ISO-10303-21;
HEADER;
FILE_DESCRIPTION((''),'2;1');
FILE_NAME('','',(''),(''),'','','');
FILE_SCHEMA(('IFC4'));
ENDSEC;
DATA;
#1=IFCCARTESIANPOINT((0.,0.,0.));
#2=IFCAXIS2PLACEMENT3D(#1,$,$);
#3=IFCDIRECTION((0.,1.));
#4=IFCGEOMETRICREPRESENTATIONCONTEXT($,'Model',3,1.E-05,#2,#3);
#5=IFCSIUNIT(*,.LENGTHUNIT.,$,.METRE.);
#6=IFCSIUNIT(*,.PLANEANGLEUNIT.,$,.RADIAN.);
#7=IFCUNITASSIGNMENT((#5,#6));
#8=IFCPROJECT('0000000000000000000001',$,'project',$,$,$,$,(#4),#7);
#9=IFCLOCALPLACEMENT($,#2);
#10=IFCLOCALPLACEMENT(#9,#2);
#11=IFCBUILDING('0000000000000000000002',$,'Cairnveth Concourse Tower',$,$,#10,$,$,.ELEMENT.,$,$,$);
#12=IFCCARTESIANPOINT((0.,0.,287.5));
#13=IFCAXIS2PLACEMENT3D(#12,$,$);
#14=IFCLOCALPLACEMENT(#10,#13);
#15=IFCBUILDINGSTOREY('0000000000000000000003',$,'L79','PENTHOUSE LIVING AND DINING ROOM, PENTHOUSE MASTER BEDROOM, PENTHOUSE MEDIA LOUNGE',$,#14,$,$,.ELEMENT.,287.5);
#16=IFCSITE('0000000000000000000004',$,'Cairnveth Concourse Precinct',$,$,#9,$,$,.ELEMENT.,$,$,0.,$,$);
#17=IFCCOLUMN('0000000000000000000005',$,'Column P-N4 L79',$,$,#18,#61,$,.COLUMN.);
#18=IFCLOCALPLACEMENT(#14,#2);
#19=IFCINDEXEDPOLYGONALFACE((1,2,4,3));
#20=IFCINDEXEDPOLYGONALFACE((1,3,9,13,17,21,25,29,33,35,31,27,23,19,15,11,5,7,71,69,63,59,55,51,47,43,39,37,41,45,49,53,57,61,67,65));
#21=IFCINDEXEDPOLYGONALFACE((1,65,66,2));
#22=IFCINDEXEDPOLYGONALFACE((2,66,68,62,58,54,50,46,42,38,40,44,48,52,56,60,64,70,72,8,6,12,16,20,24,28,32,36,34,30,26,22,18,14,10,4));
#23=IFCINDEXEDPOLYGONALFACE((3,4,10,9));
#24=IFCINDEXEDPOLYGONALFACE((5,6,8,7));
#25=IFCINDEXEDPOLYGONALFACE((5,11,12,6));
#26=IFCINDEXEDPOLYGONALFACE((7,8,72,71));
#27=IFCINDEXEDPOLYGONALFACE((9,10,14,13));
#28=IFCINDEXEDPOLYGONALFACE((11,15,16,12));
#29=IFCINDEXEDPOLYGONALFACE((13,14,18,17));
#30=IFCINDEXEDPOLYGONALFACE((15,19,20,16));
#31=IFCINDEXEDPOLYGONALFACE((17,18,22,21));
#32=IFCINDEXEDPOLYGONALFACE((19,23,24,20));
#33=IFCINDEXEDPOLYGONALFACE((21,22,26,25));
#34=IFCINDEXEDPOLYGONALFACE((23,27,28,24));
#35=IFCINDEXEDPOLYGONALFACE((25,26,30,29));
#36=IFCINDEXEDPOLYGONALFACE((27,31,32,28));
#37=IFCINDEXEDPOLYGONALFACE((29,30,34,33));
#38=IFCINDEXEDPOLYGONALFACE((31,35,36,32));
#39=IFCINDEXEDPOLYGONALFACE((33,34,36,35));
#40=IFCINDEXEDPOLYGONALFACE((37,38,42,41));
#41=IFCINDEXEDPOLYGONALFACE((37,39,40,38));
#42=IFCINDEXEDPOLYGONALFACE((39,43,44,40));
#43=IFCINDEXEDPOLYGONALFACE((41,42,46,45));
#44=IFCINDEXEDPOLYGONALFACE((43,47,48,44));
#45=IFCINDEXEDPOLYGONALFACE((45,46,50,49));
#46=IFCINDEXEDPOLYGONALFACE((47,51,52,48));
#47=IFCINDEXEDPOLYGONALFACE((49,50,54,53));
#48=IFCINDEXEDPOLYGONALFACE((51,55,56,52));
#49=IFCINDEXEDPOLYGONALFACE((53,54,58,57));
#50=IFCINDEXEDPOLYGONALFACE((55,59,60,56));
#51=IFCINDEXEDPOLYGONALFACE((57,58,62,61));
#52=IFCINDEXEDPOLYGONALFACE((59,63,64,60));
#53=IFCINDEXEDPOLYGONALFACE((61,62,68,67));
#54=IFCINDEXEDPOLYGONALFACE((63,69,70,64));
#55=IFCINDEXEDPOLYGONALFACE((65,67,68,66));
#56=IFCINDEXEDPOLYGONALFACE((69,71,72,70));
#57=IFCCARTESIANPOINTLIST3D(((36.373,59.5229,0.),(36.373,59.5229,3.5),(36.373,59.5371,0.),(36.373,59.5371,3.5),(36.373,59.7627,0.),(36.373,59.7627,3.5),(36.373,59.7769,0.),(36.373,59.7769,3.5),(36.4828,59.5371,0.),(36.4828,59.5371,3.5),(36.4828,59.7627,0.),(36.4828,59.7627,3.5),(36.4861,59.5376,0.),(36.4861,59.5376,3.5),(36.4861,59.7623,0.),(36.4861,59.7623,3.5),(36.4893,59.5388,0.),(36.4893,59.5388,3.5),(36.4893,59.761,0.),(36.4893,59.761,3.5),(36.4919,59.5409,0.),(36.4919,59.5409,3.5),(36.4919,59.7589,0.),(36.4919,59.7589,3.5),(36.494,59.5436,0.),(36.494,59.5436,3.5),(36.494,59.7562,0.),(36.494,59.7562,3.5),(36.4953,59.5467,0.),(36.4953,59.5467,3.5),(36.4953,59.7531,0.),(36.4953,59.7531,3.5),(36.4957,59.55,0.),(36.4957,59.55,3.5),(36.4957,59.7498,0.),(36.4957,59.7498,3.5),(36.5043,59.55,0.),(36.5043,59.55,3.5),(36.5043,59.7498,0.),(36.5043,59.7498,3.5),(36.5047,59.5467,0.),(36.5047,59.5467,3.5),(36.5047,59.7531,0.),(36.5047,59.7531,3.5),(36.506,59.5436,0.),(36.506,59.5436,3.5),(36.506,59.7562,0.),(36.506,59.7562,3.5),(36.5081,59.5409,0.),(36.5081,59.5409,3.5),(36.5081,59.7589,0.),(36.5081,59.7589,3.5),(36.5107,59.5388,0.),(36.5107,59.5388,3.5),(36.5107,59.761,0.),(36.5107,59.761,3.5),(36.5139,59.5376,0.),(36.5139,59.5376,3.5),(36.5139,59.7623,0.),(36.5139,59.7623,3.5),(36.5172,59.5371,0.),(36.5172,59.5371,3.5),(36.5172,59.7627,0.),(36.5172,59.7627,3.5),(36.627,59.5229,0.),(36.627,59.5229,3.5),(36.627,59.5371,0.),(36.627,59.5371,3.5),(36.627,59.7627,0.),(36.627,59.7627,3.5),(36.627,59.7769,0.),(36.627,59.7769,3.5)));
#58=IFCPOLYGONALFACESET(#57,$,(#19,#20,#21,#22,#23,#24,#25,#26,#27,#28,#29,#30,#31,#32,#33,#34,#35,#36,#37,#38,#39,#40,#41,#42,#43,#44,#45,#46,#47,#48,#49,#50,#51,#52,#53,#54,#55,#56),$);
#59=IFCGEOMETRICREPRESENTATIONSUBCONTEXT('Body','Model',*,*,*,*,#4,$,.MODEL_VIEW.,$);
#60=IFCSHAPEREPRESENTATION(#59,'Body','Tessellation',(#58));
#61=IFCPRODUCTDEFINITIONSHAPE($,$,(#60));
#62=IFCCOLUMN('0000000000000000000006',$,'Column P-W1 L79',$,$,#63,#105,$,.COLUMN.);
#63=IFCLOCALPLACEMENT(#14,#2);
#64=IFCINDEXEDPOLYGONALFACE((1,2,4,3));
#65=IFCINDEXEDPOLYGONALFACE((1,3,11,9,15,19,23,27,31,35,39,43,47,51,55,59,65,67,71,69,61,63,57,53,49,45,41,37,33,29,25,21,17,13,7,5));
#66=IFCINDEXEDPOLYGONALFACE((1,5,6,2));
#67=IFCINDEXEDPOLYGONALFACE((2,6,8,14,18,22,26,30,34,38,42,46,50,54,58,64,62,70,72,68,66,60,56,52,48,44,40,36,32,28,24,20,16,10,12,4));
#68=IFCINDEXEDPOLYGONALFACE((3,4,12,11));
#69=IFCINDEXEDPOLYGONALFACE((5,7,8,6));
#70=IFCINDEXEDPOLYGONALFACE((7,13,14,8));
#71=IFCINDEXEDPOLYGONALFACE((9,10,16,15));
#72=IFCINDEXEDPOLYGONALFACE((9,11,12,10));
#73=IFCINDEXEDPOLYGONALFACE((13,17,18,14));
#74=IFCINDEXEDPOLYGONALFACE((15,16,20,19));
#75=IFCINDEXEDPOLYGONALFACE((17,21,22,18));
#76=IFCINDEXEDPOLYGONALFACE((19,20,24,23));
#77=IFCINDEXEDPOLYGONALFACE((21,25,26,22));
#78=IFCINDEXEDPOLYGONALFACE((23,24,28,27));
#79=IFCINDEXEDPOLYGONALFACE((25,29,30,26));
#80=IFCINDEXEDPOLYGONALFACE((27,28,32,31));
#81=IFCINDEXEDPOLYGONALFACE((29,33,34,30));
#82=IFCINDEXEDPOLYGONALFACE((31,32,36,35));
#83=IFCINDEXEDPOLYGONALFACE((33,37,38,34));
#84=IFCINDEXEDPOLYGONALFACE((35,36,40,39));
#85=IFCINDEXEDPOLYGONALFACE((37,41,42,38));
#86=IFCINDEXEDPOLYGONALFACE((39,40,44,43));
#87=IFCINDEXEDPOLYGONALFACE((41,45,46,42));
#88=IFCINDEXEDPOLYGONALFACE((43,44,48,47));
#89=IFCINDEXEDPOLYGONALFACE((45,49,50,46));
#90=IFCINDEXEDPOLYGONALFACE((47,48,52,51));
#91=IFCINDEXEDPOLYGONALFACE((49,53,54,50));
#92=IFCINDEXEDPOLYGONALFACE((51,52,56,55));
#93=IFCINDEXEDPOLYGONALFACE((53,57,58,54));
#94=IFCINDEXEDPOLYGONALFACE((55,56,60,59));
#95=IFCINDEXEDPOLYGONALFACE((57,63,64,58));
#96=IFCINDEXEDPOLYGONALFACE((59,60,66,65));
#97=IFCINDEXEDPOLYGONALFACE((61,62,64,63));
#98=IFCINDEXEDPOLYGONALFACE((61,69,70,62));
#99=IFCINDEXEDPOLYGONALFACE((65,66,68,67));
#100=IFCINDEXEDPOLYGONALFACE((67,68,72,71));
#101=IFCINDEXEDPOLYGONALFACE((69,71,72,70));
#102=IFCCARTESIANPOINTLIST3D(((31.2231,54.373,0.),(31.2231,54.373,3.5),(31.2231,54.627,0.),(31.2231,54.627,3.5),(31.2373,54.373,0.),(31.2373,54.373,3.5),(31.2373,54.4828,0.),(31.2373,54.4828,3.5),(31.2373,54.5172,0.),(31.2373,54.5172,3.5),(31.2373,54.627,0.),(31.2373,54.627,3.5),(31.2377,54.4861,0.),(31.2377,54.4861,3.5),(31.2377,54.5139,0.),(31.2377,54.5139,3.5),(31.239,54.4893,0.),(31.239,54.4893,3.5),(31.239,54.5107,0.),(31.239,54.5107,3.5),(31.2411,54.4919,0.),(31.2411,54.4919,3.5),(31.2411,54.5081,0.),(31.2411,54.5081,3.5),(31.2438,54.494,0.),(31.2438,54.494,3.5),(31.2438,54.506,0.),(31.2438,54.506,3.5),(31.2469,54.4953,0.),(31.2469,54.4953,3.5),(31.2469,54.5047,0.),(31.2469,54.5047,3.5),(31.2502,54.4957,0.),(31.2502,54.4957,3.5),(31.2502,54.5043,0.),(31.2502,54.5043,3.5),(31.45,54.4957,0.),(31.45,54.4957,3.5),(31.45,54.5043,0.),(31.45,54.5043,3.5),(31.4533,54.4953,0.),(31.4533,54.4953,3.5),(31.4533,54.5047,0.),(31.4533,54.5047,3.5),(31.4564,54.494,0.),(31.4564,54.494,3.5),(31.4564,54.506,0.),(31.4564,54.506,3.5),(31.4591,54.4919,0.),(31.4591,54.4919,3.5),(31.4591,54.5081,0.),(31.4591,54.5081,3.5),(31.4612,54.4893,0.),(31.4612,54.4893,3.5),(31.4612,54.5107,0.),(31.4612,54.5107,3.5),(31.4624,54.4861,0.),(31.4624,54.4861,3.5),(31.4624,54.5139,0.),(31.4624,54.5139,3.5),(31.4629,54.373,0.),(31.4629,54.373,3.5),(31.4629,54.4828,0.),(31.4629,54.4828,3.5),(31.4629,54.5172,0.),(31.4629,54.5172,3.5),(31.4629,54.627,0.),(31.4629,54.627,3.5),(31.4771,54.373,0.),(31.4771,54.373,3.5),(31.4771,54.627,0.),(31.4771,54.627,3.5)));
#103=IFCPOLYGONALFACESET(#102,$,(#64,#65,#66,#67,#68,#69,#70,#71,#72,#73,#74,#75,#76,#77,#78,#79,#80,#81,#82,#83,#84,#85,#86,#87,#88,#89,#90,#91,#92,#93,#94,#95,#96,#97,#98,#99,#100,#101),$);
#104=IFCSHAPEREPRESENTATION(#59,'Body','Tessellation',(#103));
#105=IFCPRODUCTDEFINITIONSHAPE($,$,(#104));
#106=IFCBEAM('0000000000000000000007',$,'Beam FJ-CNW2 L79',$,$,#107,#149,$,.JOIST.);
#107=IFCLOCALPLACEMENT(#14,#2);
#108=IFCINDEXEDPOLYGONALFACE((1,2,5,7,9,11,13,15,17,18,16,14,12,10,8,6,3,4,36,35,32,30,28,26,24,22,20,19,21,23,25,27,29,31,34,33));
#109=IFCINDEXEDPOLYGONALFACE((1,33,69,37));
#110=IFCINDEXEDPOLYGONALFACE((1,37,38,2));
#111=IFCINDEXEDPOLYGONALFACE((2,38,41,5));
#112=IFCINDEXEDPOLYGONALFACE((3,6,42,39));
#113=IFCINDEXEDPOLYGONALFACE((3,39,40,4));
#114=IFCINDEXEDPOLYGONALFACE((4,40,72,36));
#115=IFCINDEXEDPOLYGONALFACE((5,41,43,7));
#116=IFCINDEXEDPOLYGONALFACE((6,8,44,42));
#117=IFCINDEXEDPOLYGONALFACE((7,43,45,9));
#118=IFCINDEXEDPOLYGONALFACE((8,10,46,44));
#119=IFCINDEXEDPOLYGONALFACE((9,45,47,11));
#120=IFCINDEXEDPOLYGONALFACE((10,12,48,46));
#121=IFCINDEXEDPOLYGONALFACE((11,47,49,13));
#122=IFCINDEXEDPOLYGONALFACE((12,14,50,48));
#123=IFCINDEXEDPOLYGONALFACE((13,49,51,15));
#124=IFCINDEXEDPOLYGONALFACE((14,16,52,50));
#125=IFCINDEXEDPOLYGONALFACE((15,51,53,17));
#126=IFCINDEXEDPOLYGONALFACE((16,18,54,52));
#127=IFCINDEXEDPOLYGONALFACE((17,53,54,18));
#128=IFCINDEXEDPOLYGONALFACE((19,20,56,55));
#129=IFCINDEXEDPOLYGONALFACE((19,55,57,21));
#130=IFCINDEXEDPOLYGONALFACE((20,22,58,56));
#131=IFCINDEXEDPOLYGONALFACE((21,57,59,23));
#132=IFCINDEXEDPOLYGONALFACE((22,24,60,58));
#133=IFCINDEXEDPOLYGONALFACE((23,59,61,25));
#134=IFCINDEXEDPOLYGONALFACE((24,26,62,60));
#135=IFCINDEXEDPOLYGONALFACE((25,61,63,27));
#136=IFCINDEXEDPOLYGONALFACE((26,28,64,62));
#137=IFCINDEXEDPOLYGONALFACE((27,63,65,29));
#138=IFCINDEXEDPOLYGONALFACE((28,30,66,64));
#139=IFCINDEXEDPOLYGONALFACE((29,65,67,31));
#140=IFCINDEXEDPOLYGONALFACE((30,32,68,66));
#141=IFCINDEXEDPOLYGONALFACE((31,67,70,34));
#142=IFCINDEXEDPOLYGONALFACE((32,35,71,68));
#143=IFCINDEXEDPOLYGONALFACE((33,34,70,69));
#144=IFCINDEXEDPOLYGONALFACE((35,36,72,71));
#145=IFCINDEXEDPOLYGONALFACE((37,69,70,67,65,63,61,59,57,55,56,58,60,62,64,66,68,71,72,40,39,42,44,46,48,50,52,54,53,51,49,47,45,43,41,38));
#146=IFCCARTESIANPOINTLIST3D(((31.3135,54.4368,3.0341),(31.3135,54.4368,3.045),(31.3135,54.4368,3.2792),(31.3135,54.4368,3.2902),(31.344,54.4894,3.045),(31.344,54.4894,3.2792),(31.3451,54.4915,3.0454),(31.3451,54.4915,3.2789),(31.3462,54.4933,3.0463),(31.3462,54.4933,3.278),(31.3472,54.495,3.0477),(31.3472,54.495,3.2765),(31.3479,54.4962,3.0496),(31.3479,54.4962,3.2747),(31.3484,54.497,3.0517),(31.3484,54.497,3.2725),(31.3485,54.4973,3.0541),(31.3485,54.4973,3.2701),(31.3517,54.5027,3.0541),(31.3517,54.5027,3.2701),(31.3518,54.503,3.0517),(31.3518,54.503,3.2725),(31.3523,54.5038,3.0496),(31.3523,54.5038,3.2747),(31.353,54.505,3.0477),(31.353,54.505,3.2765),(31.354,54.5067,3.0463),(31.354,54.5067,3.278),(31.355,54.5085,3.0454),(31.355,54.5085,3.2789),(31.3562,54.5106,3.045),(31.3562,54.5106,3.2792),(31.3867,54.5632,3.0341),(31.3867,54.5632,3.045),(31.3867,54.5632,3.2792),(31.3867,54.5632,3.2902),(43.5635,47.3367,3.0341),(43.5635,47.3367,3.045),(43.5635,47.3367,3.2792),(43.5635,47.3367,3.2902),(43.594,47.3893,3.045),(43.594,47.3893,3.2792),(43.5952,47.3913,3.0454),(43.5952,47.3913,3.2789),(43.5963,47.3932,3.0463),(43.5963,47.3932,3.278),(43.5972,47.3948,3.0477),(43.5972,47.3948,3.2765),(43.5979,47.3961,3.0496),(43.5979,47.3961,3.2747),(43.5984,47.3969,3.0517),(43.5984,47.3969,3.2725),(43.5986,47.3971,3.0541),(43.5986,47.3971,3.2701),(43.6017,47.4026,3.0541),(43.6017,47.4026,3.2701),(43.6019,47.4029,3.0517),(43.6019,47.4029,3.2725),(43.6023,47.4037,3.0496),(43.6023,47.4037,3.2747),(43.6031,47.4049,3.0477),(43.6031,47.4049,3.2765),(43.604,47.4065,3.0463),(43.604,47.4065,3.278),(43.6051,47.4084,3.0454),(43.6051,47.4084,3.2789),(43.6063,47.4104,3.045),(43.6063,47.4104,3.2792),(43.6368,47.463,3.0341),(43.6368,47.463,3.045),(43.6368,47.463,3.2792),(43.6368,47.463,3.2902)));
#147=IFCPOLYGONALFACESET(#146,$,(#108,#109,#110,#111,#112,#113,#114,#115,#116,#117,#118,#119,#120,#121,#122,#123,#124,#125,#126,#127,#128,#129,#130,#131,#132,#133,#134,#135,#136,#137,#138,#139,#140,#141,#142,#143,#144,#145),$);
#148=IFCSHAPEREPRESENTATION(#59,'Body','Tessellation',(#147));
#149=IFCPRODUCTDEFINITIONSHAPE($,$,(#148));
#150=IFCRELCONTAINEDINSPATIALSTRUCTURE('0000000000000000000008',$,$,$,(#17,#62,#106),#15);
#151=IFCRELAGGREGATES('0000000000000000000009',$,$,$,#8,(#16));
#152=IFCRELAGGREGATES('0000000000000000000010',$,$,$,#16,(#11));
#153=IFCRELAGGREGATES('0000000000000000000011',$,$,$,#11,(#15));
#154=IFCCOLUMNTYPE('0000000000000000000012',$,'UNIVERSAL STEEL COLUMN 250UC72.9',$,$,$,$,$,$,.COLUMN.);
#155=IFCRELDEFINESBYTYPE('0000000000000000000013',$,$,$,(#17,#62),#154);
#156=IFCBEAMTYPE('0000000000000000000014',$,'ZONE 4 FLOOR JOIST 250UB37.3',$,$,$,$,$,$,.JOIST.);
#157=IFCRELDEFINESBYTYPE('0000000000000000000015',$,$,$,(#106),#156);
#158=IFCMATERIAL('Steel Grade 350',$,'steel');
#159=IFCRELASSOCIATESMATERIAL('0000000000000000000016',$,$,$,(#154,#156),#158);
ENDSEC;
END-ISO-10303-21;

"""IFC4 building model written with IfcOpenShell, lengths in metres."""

from ifc_helpers import new_model, si_unit, direction, frame, origin, origin_2d, place, context, subcontext, project, spatial, i_section, extrude, material, material_profile, profile_set, type_object, element, save


model = new_model("IFC4")

# Units and contexts
model_context = context("Model", 3, precision=1e-05, world=origin(), true_north=direction((0.0, 1.0)))
body_context = subcontext(model_context, "Body", "Model", "MODEL_VIEW")
ifc_project = project(units=[si_unit("LENGTHUNIT", "METRE"), si_unit("PLANEANGLEUNIT", "RADIAN")], contexts=[model_context])

# Site, building, storey
site_placement = place(None, origin())
site = spatial("IfcSite", under=ifc_project, at=site_placement, Name="Cairnveth Concourse Precinct", CompositionType="ELEMENT", RefElevation=0.0)
building_placement = place(site_placement, origin())
building = spatial("IfcBuilding", under=site, at=building_placement, Name="Cairnveth Concourse Tower", CompositionType="ELEMENT")
storey_placement = place(building_placement, frame((0.0, 0.0, 287.5)))
storey = spatial("IfcBuildingStorey", under=building, at=storey_placement, Name="L79", Description="PENTHOUSE LIVING AND DINING ROOM, PENTHOUSE MASTER BEDROOM, PENTHOUSE MEDIA LOUNGE", CompositionType="ELEMENT", Elevation=287.5)

# Columns
ifc_material_1 = material(Name="Steel Grade 350", Category="steel")
ifc_material_profile_1 = material_profile(ifc_material_1, i_section(OverallWidth=0.2539, OverallDepth=0.2539, WebThickness=0.0085, FlangeThickness=0.0142, FilletRadius=0.0129, at=origin_2d()), Name="250UC72.9")
ifc_profile_set_1 = profile_set([ifc_material_profile_1], Name="Steel Grade 350")
column_type = type_object("IfcColumnType", Name="UNIVERSAL STEEL COLUMN 250UC72.9", PredefinedType="COLUMN", material=ifc_profile_set_1)
for number, where, z_axis, x_axis, name in (
    (1, (36.5, 59.6499, 0.0), (0.0, 0.0, 1.0), (1.0, 0.0, 0.0), "Column P-N4 L79"),
    (2, (31.3501, 54.5, 0.0), (0.0, 0.0, 1.0), (0.0, 1.0, 0.0), "Column P-W1 L79"),
):
    element("IfcColumn", number, at=place(storey_placement, frame(where, z_axis=z_axis, x_axis=x_axis)), inside=storey, type_object=column_type, Name=name, PredefinedType="COLUMN", context=body_context, shape_type="SweptSolid", body=[
        extrude(i_section(OverallWidth=0.2539, OverallDepth=0.2539, WebThickness=0.0085, FlangeThickness=0.0142, FilletRadius=0.0129, at=origin_2d()), origin(), (0.0, 0.0, 1.0), 3.5),
    ])

# Beam
ifc_material_profile_2 = material_profile(ifc_material_1, i_section(OverallWidth=0.146, OverallDepth=0.2561, WebThickness=0.0063, FlangeThickness=0.011, FilletRadius=0.009, at=origin_2d()), Name="250UB37.3")
ifc_profile_set_2 = profile_set([ifc_material_profile_2], Name="Steel Grade 350")
beam_type_1 = type_object("IfcBeamType", Name="ZONE 4 FLOOR JOIST 250UB37.3", PredefinedType="JOIST", material=ifc_profile_set_2)
beam_1_placement = place(storey_placement, frame((31.3501, 54.5, 3.1621), z_axis=(0.865181, -0.501459, 0.0), x_axis=(0.501459, 0.865181, 0.0)))
element("IfcBeam", 3, at=beam_1_placement, inside=storey, type_object=beam_type_1, Name="Beam FJ-CNW2 L79", PredefinedType="JOIST", context=body_context, shape_type="SweptSolid", body=[
    extrude(i_section(OverallWidth=0.146, OverallDepth=0.2561, WebThickness=0.0063, FlangeThickness=0.011, FilletRadius=0.009, at=origin_2d()), origin(), (0.0, 0.0, 1.0), 14.1589),
])

save(model, "model.ifc")
